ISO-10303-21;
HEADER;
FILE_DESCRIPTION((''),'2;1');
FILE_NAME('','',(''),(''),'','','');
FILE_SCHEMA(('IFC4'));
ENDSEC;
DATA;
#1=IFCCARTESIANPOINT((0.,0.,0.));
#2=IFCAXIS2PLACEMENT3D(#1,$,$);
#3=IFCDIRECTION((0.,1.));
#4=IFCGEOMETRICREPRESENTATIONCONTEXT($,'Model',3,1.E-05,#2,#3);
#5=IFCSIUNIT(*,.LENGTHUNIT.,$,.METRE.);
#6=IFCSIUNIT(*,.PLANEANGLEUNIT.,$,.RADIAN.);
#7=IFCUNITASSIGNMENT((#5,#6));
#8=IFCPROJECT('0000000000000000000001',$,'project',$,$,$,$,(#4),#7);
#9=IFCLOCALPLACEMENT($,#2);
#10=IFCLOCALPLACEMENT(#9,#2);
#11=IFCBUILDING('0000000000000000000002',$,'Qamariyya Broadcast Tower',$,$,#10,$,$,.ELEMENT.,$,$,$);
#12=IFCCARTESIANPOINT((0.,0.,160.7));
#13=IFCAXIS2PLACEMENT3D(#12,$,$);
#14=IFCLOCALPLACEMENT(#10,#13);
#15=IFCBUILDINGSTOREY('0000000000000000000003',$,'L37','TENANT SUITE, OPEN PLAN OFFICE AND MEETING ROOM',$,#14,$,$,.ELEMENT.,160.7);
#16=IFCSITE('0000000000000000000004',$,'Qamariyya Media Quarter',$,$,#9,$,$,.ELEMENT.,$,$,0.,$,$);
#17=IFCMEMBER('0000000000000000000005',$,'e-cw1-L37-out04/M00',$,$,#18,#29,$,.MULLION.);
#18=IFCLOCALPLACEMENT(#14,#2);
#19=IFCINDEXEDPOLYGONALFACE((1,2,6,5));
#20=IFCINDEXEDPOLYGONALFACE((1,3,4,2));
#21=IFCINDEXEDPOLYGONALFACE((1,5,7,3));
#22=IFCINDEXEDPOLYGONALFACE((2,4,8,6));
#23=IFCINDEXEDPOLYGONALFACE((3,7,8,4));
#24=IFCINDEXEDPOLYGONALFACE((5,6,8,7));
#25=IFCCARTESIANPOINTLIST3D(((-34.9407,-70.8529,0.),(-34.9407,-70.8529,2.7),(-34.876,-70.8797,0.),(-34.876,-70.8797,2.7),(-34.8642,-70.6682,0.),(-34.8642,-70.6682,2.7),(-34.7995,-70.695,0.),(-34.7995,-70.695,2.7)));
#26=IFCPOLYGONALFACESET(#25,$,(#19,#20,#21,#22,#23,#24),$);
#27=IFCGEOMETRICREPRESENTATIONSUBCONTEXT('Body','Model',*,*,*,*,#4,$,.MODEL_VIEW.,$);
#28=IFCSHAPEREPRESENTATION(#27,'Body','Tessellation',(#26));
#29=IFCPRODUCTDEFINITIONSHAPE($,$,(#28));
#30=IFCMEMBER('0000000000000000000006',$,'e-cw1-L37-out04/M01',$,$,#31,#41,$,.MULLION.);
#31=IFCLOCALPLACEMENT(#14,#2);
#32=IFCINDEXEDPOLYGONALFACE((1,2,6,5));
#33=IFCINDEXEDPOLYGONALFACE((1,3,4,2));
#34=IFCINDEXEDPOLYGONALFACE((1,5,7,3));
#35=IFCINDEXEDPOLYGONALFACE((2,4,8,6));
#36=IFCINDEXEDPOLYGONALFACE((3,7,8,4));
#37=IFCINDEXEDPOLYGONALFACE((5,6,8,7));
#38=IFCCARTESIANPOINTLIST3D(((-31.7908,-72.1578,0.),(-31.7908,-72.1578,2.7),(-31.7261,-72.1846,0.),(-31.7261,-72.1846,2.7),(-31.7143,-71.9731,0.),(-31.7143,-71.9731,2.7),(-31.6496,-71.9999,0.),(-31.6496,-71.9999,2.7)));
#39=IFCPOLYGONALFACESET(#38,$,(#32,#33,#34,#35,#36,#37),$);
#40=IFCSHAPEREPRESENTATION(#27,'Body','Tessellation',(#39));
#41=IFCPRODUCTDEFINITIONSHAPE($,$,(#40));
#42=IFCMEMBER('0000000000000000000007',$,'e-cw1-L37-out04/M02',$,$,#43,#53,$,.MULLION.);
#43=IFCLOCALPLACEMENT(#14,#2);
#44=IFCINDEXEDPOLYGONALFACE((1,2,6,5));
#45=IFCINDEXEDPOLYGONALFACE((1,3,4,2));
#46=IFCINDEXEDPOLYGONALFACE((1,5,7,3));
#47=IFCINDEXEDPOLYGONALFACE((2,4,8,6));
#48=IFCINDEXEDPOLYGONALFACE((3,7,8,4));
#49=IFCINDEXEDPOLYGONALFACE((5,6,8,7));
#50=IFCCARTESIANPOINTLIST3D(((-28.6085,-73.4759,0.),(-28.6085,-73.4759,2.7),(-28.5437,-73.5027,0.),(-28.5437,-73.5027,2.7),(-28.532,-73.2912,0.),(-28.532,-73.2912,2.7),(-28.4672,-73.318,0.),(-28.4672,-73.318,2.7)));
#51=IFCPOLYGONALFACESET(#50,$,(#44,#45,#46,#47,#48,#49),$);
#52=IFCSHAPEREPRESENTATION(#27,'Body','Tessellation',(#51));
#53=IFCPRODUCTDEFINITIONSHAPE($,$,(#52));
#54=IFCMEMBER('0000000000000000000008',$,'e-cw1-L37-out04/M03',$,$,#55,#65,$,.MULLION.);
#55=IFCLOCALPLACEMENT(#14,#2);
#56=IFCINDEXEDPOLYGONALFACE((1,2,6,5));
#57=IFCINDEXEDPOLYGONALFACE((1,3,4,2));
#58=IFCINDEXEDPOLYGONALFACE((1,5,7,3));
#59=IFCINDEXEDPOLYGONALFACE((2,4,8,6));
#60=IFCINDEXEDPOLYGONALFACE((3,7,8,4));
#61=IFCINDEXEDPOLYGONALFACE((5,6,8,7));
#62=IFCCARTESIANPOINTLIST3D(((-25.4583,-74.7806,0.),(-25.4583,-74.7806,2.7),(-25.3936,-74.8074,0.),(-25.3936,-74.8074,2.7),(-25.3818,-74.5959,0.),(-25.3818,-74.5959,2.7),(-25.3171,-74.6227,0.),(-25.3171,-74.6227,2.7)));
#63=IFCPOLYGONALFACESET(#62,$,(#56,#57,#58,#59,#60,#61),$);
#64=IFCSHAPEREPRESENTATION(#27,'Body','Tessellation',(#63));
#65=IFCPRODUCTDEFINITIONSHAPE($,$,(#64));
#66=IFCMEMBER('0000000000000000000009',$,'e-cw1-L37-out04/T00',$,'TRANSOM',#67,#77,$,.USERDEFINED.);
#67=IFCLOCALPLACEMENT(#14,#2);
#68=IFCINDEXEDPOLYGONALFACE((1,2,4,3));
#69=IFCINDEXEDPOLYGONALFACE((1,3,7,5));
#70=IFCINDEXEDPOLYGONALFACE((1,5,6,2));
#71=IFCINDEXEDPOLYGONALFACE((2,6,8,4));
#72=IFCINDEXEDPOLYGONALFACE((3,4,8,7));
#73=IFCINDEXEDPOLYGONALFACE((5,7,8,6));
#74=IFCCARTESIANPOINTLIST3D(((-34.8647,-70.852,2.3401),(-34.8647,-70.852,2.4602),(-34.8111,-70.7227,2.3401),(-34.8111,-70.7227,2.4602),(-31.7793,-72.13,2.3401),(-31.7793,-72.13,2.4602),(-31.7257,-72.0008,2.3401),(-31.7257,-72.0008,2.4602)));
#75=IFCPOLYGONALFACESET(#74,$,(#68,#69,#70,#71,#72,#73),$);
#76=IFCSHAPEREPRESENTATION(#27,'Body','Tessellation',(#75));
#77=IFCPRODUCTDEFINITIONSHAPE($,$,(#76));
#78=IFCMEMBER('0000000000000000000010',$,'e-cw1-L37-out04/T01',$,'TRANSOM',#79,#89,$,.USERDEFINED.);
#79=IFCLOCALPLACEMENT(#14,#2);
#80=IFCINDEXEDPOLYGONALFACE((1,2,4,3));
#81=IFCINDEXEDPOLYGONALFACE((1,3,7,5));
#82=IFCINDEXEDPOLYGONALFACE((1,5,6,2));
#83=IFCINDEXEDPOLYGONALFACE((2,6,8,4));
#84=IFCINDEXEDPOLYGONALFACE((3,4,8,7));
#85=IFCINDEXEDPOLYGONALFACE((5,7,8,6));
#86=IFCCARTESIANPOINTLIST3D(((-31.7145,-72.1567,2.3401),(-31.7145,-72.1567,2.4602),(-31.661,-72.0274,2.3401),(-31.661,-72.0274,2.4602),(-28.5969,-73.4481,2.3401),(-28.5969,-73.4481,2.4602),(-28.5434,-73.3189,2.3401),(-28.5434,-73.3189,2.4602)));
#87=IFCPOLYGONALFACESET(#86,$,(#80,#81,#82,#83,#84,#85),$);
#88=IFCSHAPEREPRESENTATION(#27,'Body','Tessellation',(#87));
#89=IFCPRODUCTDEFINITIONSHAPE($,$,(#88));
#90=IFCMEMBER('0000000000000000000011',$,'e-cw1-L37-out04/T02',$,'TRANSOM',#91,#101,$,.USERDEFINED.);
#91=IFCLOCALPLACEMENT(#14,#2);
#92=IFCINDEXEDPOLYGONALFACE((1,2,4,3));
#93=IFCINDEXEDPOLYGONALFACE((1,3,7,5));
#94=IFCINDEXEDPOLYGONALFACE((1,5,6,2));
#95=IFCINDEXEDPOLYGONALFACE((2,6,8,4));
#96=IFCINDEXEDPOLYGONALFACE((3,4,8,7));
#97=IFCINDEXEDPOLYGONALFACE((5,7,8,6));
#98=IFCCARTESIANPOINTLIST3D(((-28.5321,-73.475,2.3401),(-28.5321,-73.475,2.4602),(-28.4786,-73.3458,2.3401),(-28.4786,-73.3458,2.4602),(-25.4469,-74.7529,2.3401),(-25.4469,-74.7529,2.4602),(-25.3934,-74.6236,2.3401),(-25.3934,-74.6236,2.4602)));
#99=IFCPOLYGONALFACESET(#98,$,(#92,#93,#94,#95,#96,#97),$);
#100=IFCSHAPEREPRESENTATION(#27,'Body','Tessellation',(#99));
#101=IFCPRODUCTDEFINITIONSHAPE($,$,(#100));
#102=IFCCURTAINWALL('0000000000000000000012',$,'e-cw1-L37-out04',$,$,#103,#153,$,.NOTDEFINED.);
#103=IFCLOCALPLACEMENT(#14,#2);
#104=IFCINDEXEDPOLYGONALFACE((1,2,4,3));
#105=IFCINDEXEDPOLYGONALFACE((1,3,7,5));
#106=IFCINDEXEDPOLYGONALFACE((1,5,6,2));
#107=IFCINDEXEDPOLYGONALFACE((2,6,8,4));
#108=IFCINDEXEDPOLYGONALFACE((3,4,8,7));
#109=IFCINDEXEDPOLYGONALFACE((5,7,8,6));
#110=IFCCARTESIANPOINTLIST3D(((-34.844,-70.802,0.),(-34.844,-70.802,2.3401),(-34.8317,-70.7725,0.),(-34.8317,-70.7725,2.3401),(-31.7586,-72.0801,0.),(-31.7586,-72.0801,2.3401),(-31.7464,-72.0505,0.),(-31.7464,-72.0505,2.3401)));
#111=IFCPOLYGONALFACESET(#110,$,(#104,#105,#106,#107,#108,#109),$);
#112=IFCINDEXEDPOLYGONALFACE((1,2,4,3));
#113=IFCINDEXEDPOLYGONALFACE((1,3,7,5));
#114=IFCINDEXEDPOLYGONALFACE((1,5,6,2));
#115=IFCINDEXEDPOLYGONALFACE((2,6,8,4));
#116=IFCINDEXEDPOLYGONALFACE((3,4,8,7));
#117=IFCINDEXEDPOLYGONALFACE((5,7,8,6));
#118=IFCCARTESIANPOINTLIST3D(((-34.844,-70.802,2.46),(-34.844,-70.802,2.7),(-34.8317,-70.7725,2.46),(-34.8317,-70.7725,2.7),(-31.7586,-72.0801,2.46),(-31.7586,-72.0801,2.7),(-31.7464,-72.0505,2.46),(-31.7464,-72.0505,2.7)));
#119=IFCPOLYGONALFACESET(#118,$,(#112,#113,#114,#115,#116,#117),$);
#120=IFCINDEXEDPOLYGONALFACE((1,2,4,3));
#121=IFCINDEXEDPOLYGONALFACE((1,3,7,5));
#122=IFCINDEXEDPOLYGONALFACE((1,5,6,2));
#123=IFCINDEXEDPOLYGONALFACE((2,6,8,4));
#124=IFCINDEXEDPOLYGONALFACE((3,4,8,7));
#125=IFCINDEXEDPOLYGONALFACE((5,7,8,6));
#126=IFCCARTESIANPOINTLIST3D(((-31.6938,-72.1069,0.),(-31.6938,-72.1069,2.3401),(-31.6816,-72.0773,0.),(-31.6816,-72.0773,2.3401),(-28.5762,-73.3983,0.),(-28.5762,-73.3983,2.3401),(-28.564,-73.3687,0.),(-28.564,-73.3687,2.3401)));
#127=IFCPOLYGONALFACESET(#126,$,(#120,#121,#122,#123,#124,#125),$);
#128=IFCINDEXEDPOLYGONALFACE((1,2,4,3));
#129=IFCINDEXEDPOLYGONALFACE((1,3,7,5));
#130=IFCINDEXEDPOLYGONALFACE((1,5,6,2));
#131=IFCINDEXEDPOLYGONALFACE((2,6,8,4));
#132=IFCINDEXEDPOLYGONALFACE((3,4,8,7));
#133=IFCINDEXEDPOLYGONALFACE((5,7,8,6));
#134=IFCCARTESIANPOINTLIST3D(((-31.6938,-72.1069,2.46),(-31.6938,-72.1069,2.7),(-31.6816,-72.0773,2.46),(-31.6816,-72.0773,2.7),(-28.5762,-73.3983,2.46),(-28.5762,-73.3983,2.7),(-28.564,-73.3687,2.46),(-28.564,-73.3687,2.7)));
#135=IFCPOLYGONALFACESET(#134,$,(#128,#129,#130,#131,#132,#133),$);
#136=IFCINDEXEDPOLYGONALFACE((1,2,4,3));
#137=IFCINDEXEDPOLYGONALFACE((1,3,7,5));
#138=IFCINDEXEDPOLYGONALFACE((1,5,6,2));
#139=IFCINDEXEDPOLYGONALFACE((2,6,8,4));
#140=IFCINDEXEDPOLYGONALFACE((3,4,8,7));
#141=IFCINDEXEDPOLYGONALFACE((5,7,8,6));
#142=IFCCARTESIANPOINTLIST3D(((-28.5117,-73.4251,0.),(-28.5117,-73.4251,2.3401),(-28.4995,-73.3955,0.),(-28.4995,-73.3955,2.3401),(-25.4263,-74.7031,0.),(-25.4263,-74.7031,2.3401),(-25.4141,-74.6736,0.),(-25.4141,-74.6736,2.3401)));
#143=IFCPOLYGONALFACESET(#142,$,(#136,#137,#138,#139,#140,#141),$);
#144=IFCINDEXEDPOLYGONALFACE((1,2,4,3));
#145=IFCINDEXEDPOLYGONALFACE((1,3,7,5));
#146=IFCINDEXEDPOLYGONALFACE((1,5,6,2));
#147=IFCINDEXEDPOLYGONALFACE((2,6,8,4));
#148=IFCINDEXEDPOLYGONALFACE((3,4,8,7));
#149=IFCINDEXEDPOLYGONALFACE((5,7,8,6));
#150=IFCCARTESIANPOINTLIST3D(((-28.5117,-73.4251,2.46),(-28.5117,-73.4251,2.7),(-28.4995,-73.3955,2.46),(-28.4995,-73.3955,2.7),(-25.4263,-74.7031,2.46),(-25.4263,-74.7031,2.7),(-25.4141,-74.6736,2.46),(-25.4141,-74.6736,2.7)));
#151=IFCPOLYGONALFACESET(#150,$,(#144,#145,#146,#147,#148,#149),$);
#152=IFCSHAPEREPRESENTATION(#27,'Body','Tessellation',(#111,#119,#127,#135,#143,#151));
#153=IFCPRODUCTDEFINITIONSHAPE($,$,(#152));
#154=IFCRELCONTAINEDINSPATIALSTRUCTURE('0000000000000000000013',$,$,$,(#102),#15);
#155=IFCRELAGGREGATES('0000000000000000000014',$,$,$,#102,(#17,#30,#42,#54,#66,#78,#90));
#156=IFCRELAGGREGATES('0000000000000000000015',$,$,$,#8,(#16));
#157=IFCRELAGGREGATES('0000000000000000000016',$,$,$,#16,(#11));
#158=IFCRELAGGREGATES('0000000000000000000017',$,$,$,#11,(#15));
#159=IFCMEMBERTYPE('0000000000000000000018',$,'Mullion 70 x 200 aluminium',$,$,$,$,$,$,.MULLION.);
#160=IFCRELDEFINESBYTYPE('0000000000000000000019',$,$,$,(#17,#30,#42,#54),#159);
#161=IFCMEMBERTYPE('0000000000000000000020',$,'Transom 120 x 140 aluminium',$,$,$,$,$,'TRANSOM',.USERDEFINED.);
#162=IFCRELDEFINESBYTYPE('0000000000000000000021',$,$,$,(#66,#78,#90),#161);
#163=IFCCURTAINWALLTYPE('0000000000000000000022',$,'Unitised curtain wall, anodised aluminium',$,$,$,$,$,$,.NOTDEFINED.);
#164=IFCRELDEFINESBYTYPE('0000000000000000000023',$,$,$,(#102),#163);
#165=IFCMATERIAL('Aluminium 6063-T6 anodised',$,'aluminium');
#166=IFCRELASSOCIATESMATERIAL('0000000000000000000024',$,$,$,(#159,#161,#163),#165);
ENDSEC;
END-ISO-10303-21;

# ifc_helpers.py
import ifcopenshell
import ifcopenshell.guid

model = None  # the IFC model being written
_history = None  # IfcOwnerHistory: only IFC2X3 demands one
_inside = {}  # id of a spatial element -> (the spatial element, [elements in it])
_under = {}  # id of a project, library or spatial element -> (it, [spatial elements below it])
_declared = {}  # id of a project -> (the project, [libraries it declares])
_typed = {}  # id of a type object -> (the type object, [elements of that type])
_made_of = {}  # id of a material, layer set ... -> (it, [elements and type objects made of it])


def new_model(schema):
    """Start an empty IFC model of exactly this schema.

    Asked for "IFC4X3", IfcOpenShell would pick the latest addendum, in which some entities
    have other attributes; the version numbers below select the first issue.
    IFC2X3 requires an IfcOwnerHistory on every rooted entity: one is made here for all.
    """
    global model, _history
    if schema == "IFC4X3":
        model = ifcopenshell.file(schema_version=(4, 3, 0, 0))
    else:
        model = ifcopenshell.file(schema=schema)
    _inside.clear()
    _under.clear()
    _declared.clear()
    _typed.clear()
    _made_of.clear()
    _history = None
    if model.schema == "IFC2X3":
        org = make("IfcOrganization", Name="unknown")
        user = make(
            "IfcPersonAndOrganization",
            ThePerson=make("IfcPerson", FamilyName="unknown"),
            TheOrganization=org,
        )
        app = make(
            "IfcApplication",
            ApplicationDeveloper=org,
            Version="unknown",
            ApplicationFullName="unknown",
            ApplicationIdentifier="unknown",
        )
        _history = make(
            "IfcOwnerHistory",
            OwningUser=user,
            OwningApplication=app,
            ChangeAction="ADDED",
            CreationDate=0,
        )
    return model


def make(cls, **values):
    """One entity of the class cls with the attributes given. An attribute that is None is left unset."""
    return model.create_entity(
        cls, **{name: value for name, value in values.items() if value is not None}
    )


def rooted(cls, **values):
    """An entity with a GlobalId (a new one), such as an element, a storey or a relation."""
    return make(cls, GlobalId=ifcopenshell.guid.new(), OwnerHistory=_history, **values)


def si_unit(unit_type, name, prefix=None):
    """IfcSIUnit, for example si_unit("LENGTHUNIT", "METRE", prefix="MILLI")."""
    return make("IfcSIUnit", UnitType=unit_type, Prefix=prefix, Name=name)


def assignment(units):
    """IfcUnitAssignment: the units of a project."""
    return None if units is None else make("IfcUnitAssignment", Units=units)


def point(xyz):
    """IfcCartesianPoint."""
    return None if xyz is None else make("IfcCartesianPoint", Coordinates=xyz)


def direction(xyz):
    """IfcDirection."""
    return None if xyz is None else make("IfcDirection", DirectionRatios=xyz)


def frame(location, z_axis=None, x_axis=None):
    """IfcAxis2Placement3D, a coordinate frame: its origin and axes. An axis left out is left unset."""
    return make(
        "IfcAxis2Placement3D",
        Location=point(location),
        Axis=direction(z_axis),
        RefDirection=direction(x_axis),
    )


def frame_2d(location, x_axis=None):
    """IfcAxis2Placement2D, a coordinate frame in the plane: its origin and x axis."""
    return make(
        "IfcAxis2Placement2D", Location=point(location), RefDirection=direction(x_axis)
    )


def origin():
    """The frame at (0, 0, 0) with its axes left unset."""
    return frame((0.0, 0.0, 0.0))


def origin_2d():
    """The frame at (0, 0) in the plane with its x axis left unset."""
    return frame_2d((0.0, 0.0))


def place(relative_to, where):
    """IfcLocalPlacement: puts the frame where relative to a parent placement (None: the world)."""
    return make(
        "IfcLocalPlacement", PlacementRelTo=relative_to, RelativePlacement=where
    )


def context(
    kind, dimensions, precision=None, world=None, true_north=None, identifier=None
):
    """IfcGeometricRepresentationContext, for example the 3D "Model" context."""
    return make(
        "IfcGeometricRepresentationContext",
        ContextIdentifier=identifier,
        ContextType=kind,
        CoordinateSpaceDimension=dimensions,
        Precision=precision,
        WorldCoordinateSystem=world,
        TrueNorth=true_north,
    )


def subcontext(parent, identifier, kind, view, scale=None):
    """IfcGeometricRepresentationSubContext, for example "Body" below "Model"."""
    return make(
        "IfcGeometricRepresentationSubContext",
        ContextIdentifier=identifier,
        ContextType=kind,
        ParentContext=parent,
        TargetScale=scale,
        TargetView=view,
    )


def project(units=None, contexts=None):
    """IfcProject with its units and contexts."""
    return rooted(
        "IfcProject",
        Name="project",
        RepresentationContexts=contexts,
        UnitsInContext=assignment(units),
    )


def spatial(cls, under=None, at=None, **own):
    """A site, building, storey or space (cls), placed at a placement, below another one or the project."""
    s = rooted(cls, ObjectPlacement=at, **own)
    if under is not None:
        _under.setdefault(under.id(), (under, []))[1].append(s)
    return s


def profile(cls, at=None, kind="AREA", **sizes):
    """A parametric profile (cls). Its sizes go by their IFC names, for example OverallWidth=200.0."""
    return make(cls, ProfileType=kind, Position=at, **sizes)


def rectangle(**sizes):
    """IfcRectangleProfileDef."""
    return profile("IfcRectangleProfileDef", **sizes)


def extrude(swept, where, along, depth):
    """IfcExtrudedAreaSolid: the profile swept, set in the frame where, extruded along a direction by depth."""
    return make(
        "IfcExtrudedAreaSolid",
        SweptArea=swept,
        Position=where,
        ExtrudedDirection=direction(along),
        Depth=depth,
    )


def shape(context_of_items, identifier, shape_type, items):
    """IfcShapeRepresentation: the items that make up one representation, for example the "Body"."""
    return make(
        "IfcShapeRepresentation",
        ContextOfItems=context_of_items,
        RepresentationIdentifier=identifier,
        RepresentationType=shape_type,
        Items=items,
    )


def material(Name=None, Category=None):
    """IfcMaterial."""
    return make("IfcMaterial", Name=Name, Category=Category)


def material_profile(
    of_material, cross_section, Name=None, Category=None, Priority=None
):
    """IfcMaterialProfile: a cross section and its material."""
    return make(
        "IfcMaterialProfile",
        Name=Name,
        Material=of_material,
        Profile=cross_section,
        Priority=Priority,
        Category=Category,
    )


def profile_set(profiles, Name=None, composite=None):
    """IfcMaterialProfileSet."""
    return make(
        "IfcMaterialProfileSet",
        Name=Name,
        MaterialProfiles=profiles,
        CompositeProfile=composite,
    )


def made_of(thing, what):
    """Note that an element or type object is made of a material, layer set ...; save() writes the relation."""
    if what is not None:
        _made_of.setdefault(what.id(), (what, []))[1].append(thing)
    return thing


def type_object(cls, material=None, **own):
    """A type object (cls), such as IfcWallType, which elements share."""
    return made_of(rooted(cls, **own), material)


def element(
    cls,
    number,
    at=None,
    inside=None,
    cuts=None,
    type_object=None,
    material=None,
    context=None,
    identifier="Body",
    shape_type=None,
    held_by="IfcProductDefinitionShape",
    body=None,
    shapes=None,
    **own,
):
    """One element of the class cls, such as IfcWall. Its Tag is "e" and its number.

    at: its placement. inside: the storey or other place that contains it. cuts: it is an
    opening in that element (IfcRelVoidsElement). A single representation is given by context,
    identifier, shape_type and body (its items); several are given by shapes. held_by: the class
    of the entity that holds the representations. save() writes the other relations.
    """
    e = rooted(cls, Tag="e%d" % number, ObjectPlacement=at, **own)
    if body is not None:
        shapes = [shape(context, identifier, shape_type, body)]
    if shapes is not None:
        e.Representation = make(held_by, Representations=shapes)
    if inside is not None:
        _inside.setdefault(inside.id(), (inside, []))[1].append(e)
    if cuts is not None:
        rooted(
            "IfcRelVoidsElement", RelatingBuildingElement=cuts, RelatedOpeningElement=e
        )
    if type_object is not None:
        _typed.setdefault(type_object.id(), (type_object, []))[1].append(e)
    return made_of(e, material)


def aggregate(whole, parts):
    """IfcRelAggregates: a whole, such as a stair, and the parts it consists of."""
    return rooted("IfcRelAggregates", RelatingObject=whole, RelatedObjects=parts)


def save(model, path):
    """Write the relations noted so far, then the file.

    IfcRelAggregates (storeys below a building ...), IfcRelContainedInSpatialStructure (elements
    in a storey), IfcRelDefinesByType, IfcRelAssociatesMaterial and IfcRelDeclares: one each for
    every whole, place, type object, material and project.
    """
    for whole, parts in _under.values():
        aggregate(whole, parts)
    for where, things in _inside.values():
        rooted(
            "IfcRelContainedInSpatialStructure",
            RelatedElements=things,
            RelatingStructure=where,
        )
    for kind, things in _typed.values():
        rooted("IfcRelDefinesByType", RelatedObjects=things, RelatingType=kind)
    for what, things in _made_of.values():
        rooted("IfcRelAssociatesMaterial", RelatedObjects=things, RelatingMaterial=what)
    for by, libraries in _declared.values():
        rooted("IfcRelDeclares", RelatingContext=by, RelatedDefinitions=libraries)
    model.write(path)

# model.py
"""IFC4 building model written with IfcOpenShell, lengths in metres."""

from ifc_helpers import new_model, si_unit, direction, frame, origin, origin_2d, place, context, subcontext, project, spatial, rectangle, extrude, material, material_profile, profile_set, type_object, element, aggregate, save


model = new_model("IFC4")

# Units and contexts
model_context = context("Model", 3, precision=1e-05, world=origin(), true_north=direction((0.0, 1.0)))
body_context = subcontext(model_context, "Body", "Model", "MODEL_VIEW")
ifc_project = project(units=[si_unit("LENGTHUNIT", "METRE"), si_unit("PLANEANGLEUNIT", "RADIAN")], contexts=[model_context])

# Members
ifc_material = material(Name="Aluminium 6063-T6 anodised", Category="aluminium")
ifc_material_profile_1 = material_profile(ifc_material, rectangle(XDim=0.2, YDim=0.0701, at=origin_2d()))
ifc_profile_set_1 = profile_set([ifc_material_profile_1], Name="Aluminium 6063-T6 anodised")
member_type_1 = type_object("IfcMemberType", Name="Mullion 70 x 200 aluminium", PredefinedType="MULLION", material=ifc_profile_set_1)
site_placement = place(None, origin())
building_placement = place(site_placement, origin())
storey_placement = place(building_placement, frame((0.0, 0.0, 160.7)))
member_1_placement = place(storey_placement, frame((-34.8701, -70.7739, 0.0), z_axis=(0.0, 0.0, 1.0), x_axis=(0.382683, 0.92388, 0.0)))
member_1 = element("IfcMember", 1, at=member_1_placement, type_object=member_type_1, Name="e-cw1-L37-out04/M00", PredefinedType="MULLION", context=body_context, shape_type="SweptSolid", body=[
    extrude(rectangle(XDim=0.2, YDim=0.0701, at=origin_2d()), origin(), (0.0, 0.0, 1.0), 2.7),
])
member_2_placement = place(storey_placement, frame((-31.7202, -72.0789, 0.0), z_axis=(0.0, 0.0, 1.0), x_axis=(0.382683, 0.92388, 0.0)))
member_2 = element("IfcMember", 2, at=member_2_placement, type_object=member_type_1, Name="e-cw1-L37-out04/M01", PredefinedType="MULLION", context=body_context, shape_type="SweptSolid", body=[
    extrude(rectangle(XDim=0.2, YDim=0.0701, at=origin_2d()), origin(), (0.0, 0.0, 1.0), 2.7),
])
member_3_placement = place(storey_placement, frame((-28.5378, -73.397, 0.0), z_axis=(0.0, 0.0, 1.0), x_axis=(0.382683, 0.92388, 0.0)))
member_3 = element("IfcMember", 3, at=member_3_placement, type_object=member_type_1, Name="e-cw1-L37-out04/M02", PredefinedType="MULLION", context=body_context, shape_type="SweptSolid", body=[
    extrude(rectangle(XDim=0.2, YDim=0.0701, at=origin_2d()), origin(), (0.0, 0.0, 1.0), 2.7),
])
member_4_placement = place(storey_placement, frame((-25.3877, -74.7017, 0.0), z_axis=(0.0, 0.0, 1.0), x_axis=(0.382683, 0.92388, 0.0)))
member_4 = element("IfcMember", 4, at=member_4_placement, type_object=member_type_1, Name="e-cw1-L37-out04/M03", PredefinedType="MULLION", context=body_context, shape_type="SweptSolid", body=[
    extrude(rectangle(XDim=0.2, YDim=0.0701, at=origin_2d()), origin(), (0.0, 0.0, 1.0), 2.7),
])
ifc_material_profile_2 = material_profile(ifc_material, rectangle(XDim=0.1399, YDim=0.1201, at=origin_2d()))
ifc_profile_set_2 = profile_set([ifc_material_profile_2], Name="Aluminium 6063-T6 anodised")
member_type_2 = type_object("IfcMemberType", Name="Transom 120 x 140 aluminium", ElementType="TRANSOM", PredefinedType="USERDEFINED", material=ifc_profile_set_2)
member_5_placement = place(storey_placement, frame((-34.8379, -70.7874, 2.4001), z_axis=(0.923875, -0.382694, 0.0), x_axis=(0.382694, 0.923875, 0.0)))
member_5 = element("IfcMember", 5, at=member_5_placement, type_object=member_type_2, Name="e-cw1-L37-out04/T00", ObjectType="TRANSOM", PredefinedType="USERDEFINED", context=body_context, shape_type="SweptSolid", body=[
    extrude(rectangle(XDim=0.1399, YDim=0.1201, at=origin_2d()), origin(), (0.0, 0.0, 1.0), 3.3396),
])
member_6_placement = place(storey_placement, frame((-31.6877, -72.092, 2.4001), z_axis=(0.923867, -0.382714, 0.0), x_axis=(0.382714, 0.923867, 0.0)))
member_6 = element("IfcMember", 6, at=member_6_placement, type_object=member_type_2, Name="e-cw1-L37-out04/T01", ObjectType="TRANSOM", PredefinedType="USERDEFINED", context=body_context, shape_type="SweptSolid", body=[
    extrude(rectangle(XDim=0.1399, YDim=0.1201, at=origin_2d()), origin(), (0.0, 0.0, 1.0), 3.3745),
])
member_7_placement = place(storey_placement, frame((-28.5054, -73.4104, 2.4001), z_axis=(0.92389, -0.382657, 0.0), x_axis=(0.382657, 0.92389, 0.0)))
member_7 = element("IfcMember", 7, at=member_7_placement, type_object=member_type_2, Name="e-cw1-L37-out04/T02", ObjectType="TRANSOM", PredefinedType="USERDEFINED", context=body_context, shape_type="SweptSolid", body=[
    extrude(rectangle(XDim=0.1399, YDim=0.1201, at=origin_2d()), origin(), (0.0, 0.0, 1.0), 3.3394),
])

# Site, building, storey
site = spatial("IfcSite", under=ifc_project, at=site_placement, Name="Qamariyya Media Quarter", CompositionType="ELEMENT", RefElevation=0.0)
building = spatial("IfcBuilding", under=site, at=building_placement, Name="Qamariyya Broadcast Tower", CompositionType="ELEMENT")
storey = spatial("IfcBuildingStorey", under=building, at=storey_placement, Name="L37", Description="TENANT SUITE, OPEN PLAN OFFICE AND MEETING ROOM", CompositionType="ELEMENT", Elevation=160.7)

# Curtain wall
curtain_wall_type = type_object("IfcCurtainWallType", Name="Unitised curtain wall, anodised aluminium", PredefinedType="NOTDEFINED", material=ifc_material)
curtain_wall_1_placement = place(storey_placement, origin())
curtain_wall_1 = element("IfcCurtainWall", 8, at=curtain_wall_1_placement, inside=storey, type_object=curtain_wall_type, Name="e-cw1-L37-out04", PredefinedType="NOTDEFINED", context=body_context, shape_type="SweptSolid", body=[
    extrude(rectangle(XDim=3.3396, YDim=0.032, at=origin_2d()), frame((-33.2952, -71.4263, 0.0), x_axis=(0.923878, -0.382687, 0.0)), (0.0, 0.0, 1.0), 2.3401),
    extrude(rectangle(XDim=3.3396, YDim=0.032, at=origin_2d()), frame((-33.2952, -71.4263, 2.46), x_axis=(0.923878, -0.382687, 0.0)), (0.0, 0.0, 1.0), 0.24),
    extrude(rectangle(XDim=3.3745, YDim=0.032, at=origin_2d()), frame((-30.1289, -72.7378, 0.0), x_axis=(0.923878, -0.382687, 0.0)), (0.0, 0.0, 1.0), 2.3401),
    extrude(rectangle(XDim=3.3745, YDim=0.032, at=origin_2d()), frame((-30.1289, -72.7378, 2.46), x_axis=(0.923878, -0.382687, 0.0)), (0.0, 0.0, 1.0), 0.24),
    extrude(rectangle(XDim=3.3396, YDim=0.032, at=origin_2d()), frame((-26.9629, -74.0493, 0.0), x_axis=(0.923878, -0.382687, 0.0)), (0.0, 0.0, 1.0), 2.3401),
    extrude(rectangle(XDim=3.3396, YDim=0.032, at=origin_2d()), frame((-26.9629, -74.0493, 2.46), x_axis=(0.923878, -0.382687, 0.0)), (0.0, 0.0, 1.0), 0.24),
])
aggregate(curtain_wall_1, [member_1, member_2, member_3, member_4, member_5, member_6, member_7])

save(model, "model.ifc")
